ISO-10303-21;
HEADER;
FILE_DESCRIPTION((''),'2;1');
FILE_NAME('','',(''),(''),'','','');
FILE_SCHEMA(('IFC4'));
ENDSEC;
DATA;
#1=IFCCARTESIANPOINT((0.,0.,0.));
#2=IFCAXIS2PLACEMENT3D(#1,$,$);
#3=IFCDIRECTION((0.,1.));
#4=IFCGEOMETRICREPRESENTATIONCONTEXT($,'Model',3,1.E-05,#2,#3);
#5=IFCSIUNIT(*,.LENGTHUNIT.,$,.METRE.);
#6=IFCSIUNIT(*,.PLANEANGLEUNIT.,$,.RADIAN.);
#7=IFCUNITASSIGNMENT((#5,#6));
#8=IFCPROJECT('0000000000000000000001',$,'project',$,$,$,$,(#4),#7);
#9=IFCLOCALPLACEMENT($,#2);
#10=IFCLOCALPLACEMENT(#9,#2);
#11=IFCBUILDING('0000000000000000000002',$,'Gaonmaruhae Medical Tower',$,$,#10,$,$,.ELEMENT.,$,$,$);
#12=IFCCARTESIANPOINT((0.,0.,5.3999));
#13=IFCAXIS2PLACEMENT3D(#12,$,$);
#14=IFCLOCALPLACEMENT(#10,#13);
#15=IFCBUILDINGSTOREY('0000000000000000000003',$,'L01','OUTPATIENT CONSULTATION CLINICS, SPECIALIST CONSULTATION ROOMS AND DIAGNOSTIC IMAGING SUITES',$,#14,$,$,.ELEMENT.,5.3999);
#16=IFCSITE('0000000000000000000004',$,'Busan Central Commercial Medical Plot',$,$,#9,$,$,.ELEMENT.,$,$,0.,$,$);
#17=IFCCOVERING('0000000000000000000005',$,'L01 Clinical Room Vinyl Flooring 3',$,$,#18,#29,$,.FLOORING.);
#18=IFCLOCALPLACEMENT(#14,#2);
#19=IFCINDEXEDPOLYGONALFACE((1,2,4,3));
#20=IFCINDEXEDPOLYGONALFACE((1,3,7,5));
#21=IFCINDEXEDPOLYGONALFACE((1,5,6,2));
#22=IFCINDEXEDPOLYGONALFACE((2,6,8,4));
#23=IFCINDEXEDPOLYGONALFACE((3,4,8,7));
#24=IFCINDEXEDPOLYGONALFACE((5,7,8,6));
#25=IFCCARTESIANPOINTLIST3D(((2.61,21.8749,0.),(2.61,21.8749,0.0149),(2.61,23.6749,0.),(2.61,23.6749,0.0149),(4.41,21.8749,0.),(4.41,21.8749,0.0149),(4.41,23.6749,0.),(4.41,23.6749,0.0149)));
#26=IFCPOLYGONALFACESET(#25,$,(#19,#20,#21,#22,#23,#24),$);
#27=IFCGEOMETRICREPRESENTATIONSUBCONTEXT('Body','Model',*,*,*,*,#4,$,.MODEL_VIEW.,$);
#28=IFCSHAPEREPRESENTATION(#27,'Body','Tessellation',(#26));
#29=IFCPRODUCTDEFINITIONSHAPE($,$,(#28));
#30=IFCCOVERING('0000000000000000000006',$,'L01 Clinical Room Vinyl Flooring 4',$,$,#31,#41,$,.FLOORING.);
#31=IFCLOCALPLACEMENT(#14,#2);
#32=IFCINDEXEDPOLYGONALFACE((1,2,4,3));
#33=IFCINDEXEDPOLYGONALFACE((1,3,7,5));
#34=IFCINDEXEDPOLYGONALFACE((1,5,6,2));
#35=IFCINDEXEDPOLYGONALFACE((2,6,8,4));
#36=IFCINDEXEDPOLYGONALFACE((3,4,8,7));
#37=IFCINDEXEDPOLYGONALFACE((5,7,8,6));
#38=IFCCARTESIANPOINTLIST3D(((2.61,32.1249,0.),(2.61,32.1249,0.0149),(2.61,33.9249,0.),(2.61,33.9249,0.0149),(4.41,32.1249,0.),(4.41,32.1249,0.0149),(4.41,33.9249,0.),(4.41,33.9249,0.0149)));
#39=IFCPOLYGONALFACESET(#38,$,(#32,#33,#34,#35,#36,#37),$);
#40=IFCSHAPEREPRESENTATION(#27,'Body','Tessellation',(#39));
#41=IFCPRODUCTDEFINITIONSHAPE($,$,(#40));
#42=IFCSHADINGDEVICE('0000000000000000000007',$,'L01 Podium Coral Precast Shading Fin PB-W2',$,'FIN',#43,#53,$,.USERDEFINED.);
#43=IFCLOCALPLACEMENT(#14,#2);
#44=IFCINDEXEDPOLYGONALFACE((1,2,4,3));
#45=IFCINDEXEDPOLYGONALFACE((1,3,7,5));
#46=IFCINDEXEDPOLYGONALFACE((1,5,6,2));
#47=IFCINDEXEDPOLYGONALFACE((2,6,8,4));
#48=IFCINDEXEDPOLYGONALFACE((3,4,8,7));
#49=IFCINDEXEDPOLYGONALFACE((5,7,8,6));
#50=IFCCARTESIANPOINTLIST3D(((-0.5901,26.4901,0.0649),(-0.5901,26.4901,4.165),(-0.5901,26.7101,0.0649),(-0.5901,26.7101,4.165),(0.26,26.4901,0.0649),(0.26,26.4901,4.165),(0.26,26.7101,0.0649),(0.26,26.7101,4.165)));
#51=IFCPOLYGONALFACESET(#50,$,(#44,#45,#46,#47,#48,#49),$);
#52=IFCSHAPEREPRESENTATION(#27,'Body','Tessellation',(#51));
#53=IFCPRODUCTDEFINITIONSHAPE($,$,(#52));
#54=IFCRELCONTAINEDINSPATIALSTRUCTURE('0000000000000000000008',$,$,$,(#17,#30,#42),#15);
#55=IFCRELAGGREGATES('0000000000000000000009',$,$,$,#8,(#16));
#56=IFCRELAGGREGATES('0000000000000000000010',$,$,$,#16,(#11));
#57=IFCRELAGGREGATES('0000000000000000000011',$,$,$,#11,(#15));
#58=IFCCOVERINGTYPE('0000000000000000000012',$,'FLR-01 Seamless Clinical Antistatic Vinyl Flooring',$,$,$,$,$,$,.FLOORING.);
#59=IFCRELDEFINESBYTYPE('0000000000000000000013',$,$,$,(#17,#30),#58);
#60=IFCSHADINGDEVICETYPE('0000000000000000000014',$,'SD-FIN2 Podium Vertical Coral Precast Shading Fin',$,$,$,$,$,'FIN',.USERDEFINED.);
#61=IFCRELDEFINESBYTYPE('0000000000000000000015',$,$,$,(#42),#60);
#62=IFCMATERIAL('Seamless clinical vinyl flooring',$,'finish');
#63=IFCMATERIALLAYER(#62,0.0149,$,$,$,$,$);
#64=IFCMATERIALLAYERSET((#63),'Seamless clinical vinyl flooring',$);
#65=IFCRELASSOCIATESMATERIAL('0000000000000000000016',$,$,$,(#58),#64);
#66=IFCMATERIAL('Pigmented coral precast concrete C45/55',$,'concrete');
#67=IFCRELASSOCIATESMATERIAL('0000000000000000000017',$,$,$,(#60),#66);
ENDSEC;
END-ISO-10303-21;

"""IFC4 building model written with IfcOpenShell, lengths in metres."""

from ifc_helpers import new_model, si_unit, direction, frame, origin, origin_2d, place, context, subcontext, project, spatial, rectangle, extrude, material, layer, layer_set, type_object, element, save


model = new_model("IFC4")

# Units and contexts
model_context = context("Model", 3, precision=1e-05, world=origin(), true_north=direction((0.0, 1.0)))
body_context = subcontext(model_context, "Body", "Model", "MODEL_VIEW")
ifc_project = project(units=[si_unit("LENGTHUNIT", "METRE"), si_unit("PLANEANGLEUNIT", "RADIAN")], contexts=[model_context])

# Site, building, storey
site_placement = place(None, origin())
site = spatial("IfcSite", under=ifc_project, at=site_placement, Name="Busan Central Commercial Medical Plot", CompositionType="ELEMENT", RefElevation=0.0)
building_placement = place(site_placement, origin())
building = spatial("IfcBuilding", under=site, at=building_placement, Name="Gaonmaruhae Medical Tower", CompositionType="ELEMENT")
storey_placement = place(building_placement, frame((0.0, 0.0, 5.3999)))
storey = spatial("IfcBuildingStorey", under=building, at=storey_placement, Name="L01", Description="OUTPATIENT CONSULTATION CLINICS, SPECIALIST CONSULTATION ROOMS AND DIAGNOSTIC IMAGING SUITES", CompositionType="ELEMENT", Elevation=5.3999)

# Coverings
ifc_material_1 = material(Name="Seamless clinical vinyl flooring", Category="finish")
ifc_layer_1 = layer(ifc_material_1, 0.0149)
ifc_layer_set_1 = layer_set([ifc_layer_1], Name="Seamless clinical vinyl flooring")
covering_type_1 = type_object("IfcCoveringType", Name="FLR-01 Seamless Clinical Antistatic Vinyl Flooring", PredefinedType="FLOORING", material=ifc_layer_set_1)
for number, where, z_axis, x_axis, name in (
    (1, (3.51, 22.7749, 0.0), (0.0, 0.0, 1.0), (1.0, 0.0, 0.0), "L01 Clinical Room Vinyl Flooring 3"),
    (2, (3.51, 33.0249, 0.0), (0.0, 0.0, 1.0), (1.0, 0.0, 0.0), "L01 Clinical Room Vinyl Flooring 4"),
):
    element("IfcCovering", number, at=place(storey_placement, frame(where, z_axis=z_axis, x_axis=x_axis)), inside=storey, type_object=covering_type_1, Name=name, PredefinedType="FLOORING", context=body_context, shape_type="SweptSolid", body=[
        extrude(rectangle(XDim=1.8, YDim=1.8, at=origin_2d()), origin(), (0.0, 0.0, 1.0), 0.0149),
    ])

# Shading device
ifc_material_2 = material(Name="Pigmented coral precast concrete C45/55", Category="concrete")
shading_device_type = type_object("IfcShadingDeviceType", Name="SD-FIN2 Podium Vertical Coral Precast Shading Fin", ElementType="FIN", PredefinedType="USERDEFINED", material=ifc_material_2)
shading_device_placement = place(storey_placement, frame((-0.165, 26.6001, 0.0649), z_axis=(0.0, 0.0, 1.0), x_axis=(0.0, 1.0, 0.0)))
element("IfcShadingDevice", 3, at=shading_device_placement, inside=storey, type_object=shading_device_type, Name="L01 Podium Coral Precast Shading Fin PB-W2", ObjectType="FIN", PredefinedType="USERDEFINED", context=body_context, shape_type="SweptSolid", body=[
    extrude(rectangle(XDim=0.22, YDim=0.8501, at=origin_2d()), origin(), (0.0, 0.0, 1.0), 4.1001),
])

save(model, "model.ifc")
